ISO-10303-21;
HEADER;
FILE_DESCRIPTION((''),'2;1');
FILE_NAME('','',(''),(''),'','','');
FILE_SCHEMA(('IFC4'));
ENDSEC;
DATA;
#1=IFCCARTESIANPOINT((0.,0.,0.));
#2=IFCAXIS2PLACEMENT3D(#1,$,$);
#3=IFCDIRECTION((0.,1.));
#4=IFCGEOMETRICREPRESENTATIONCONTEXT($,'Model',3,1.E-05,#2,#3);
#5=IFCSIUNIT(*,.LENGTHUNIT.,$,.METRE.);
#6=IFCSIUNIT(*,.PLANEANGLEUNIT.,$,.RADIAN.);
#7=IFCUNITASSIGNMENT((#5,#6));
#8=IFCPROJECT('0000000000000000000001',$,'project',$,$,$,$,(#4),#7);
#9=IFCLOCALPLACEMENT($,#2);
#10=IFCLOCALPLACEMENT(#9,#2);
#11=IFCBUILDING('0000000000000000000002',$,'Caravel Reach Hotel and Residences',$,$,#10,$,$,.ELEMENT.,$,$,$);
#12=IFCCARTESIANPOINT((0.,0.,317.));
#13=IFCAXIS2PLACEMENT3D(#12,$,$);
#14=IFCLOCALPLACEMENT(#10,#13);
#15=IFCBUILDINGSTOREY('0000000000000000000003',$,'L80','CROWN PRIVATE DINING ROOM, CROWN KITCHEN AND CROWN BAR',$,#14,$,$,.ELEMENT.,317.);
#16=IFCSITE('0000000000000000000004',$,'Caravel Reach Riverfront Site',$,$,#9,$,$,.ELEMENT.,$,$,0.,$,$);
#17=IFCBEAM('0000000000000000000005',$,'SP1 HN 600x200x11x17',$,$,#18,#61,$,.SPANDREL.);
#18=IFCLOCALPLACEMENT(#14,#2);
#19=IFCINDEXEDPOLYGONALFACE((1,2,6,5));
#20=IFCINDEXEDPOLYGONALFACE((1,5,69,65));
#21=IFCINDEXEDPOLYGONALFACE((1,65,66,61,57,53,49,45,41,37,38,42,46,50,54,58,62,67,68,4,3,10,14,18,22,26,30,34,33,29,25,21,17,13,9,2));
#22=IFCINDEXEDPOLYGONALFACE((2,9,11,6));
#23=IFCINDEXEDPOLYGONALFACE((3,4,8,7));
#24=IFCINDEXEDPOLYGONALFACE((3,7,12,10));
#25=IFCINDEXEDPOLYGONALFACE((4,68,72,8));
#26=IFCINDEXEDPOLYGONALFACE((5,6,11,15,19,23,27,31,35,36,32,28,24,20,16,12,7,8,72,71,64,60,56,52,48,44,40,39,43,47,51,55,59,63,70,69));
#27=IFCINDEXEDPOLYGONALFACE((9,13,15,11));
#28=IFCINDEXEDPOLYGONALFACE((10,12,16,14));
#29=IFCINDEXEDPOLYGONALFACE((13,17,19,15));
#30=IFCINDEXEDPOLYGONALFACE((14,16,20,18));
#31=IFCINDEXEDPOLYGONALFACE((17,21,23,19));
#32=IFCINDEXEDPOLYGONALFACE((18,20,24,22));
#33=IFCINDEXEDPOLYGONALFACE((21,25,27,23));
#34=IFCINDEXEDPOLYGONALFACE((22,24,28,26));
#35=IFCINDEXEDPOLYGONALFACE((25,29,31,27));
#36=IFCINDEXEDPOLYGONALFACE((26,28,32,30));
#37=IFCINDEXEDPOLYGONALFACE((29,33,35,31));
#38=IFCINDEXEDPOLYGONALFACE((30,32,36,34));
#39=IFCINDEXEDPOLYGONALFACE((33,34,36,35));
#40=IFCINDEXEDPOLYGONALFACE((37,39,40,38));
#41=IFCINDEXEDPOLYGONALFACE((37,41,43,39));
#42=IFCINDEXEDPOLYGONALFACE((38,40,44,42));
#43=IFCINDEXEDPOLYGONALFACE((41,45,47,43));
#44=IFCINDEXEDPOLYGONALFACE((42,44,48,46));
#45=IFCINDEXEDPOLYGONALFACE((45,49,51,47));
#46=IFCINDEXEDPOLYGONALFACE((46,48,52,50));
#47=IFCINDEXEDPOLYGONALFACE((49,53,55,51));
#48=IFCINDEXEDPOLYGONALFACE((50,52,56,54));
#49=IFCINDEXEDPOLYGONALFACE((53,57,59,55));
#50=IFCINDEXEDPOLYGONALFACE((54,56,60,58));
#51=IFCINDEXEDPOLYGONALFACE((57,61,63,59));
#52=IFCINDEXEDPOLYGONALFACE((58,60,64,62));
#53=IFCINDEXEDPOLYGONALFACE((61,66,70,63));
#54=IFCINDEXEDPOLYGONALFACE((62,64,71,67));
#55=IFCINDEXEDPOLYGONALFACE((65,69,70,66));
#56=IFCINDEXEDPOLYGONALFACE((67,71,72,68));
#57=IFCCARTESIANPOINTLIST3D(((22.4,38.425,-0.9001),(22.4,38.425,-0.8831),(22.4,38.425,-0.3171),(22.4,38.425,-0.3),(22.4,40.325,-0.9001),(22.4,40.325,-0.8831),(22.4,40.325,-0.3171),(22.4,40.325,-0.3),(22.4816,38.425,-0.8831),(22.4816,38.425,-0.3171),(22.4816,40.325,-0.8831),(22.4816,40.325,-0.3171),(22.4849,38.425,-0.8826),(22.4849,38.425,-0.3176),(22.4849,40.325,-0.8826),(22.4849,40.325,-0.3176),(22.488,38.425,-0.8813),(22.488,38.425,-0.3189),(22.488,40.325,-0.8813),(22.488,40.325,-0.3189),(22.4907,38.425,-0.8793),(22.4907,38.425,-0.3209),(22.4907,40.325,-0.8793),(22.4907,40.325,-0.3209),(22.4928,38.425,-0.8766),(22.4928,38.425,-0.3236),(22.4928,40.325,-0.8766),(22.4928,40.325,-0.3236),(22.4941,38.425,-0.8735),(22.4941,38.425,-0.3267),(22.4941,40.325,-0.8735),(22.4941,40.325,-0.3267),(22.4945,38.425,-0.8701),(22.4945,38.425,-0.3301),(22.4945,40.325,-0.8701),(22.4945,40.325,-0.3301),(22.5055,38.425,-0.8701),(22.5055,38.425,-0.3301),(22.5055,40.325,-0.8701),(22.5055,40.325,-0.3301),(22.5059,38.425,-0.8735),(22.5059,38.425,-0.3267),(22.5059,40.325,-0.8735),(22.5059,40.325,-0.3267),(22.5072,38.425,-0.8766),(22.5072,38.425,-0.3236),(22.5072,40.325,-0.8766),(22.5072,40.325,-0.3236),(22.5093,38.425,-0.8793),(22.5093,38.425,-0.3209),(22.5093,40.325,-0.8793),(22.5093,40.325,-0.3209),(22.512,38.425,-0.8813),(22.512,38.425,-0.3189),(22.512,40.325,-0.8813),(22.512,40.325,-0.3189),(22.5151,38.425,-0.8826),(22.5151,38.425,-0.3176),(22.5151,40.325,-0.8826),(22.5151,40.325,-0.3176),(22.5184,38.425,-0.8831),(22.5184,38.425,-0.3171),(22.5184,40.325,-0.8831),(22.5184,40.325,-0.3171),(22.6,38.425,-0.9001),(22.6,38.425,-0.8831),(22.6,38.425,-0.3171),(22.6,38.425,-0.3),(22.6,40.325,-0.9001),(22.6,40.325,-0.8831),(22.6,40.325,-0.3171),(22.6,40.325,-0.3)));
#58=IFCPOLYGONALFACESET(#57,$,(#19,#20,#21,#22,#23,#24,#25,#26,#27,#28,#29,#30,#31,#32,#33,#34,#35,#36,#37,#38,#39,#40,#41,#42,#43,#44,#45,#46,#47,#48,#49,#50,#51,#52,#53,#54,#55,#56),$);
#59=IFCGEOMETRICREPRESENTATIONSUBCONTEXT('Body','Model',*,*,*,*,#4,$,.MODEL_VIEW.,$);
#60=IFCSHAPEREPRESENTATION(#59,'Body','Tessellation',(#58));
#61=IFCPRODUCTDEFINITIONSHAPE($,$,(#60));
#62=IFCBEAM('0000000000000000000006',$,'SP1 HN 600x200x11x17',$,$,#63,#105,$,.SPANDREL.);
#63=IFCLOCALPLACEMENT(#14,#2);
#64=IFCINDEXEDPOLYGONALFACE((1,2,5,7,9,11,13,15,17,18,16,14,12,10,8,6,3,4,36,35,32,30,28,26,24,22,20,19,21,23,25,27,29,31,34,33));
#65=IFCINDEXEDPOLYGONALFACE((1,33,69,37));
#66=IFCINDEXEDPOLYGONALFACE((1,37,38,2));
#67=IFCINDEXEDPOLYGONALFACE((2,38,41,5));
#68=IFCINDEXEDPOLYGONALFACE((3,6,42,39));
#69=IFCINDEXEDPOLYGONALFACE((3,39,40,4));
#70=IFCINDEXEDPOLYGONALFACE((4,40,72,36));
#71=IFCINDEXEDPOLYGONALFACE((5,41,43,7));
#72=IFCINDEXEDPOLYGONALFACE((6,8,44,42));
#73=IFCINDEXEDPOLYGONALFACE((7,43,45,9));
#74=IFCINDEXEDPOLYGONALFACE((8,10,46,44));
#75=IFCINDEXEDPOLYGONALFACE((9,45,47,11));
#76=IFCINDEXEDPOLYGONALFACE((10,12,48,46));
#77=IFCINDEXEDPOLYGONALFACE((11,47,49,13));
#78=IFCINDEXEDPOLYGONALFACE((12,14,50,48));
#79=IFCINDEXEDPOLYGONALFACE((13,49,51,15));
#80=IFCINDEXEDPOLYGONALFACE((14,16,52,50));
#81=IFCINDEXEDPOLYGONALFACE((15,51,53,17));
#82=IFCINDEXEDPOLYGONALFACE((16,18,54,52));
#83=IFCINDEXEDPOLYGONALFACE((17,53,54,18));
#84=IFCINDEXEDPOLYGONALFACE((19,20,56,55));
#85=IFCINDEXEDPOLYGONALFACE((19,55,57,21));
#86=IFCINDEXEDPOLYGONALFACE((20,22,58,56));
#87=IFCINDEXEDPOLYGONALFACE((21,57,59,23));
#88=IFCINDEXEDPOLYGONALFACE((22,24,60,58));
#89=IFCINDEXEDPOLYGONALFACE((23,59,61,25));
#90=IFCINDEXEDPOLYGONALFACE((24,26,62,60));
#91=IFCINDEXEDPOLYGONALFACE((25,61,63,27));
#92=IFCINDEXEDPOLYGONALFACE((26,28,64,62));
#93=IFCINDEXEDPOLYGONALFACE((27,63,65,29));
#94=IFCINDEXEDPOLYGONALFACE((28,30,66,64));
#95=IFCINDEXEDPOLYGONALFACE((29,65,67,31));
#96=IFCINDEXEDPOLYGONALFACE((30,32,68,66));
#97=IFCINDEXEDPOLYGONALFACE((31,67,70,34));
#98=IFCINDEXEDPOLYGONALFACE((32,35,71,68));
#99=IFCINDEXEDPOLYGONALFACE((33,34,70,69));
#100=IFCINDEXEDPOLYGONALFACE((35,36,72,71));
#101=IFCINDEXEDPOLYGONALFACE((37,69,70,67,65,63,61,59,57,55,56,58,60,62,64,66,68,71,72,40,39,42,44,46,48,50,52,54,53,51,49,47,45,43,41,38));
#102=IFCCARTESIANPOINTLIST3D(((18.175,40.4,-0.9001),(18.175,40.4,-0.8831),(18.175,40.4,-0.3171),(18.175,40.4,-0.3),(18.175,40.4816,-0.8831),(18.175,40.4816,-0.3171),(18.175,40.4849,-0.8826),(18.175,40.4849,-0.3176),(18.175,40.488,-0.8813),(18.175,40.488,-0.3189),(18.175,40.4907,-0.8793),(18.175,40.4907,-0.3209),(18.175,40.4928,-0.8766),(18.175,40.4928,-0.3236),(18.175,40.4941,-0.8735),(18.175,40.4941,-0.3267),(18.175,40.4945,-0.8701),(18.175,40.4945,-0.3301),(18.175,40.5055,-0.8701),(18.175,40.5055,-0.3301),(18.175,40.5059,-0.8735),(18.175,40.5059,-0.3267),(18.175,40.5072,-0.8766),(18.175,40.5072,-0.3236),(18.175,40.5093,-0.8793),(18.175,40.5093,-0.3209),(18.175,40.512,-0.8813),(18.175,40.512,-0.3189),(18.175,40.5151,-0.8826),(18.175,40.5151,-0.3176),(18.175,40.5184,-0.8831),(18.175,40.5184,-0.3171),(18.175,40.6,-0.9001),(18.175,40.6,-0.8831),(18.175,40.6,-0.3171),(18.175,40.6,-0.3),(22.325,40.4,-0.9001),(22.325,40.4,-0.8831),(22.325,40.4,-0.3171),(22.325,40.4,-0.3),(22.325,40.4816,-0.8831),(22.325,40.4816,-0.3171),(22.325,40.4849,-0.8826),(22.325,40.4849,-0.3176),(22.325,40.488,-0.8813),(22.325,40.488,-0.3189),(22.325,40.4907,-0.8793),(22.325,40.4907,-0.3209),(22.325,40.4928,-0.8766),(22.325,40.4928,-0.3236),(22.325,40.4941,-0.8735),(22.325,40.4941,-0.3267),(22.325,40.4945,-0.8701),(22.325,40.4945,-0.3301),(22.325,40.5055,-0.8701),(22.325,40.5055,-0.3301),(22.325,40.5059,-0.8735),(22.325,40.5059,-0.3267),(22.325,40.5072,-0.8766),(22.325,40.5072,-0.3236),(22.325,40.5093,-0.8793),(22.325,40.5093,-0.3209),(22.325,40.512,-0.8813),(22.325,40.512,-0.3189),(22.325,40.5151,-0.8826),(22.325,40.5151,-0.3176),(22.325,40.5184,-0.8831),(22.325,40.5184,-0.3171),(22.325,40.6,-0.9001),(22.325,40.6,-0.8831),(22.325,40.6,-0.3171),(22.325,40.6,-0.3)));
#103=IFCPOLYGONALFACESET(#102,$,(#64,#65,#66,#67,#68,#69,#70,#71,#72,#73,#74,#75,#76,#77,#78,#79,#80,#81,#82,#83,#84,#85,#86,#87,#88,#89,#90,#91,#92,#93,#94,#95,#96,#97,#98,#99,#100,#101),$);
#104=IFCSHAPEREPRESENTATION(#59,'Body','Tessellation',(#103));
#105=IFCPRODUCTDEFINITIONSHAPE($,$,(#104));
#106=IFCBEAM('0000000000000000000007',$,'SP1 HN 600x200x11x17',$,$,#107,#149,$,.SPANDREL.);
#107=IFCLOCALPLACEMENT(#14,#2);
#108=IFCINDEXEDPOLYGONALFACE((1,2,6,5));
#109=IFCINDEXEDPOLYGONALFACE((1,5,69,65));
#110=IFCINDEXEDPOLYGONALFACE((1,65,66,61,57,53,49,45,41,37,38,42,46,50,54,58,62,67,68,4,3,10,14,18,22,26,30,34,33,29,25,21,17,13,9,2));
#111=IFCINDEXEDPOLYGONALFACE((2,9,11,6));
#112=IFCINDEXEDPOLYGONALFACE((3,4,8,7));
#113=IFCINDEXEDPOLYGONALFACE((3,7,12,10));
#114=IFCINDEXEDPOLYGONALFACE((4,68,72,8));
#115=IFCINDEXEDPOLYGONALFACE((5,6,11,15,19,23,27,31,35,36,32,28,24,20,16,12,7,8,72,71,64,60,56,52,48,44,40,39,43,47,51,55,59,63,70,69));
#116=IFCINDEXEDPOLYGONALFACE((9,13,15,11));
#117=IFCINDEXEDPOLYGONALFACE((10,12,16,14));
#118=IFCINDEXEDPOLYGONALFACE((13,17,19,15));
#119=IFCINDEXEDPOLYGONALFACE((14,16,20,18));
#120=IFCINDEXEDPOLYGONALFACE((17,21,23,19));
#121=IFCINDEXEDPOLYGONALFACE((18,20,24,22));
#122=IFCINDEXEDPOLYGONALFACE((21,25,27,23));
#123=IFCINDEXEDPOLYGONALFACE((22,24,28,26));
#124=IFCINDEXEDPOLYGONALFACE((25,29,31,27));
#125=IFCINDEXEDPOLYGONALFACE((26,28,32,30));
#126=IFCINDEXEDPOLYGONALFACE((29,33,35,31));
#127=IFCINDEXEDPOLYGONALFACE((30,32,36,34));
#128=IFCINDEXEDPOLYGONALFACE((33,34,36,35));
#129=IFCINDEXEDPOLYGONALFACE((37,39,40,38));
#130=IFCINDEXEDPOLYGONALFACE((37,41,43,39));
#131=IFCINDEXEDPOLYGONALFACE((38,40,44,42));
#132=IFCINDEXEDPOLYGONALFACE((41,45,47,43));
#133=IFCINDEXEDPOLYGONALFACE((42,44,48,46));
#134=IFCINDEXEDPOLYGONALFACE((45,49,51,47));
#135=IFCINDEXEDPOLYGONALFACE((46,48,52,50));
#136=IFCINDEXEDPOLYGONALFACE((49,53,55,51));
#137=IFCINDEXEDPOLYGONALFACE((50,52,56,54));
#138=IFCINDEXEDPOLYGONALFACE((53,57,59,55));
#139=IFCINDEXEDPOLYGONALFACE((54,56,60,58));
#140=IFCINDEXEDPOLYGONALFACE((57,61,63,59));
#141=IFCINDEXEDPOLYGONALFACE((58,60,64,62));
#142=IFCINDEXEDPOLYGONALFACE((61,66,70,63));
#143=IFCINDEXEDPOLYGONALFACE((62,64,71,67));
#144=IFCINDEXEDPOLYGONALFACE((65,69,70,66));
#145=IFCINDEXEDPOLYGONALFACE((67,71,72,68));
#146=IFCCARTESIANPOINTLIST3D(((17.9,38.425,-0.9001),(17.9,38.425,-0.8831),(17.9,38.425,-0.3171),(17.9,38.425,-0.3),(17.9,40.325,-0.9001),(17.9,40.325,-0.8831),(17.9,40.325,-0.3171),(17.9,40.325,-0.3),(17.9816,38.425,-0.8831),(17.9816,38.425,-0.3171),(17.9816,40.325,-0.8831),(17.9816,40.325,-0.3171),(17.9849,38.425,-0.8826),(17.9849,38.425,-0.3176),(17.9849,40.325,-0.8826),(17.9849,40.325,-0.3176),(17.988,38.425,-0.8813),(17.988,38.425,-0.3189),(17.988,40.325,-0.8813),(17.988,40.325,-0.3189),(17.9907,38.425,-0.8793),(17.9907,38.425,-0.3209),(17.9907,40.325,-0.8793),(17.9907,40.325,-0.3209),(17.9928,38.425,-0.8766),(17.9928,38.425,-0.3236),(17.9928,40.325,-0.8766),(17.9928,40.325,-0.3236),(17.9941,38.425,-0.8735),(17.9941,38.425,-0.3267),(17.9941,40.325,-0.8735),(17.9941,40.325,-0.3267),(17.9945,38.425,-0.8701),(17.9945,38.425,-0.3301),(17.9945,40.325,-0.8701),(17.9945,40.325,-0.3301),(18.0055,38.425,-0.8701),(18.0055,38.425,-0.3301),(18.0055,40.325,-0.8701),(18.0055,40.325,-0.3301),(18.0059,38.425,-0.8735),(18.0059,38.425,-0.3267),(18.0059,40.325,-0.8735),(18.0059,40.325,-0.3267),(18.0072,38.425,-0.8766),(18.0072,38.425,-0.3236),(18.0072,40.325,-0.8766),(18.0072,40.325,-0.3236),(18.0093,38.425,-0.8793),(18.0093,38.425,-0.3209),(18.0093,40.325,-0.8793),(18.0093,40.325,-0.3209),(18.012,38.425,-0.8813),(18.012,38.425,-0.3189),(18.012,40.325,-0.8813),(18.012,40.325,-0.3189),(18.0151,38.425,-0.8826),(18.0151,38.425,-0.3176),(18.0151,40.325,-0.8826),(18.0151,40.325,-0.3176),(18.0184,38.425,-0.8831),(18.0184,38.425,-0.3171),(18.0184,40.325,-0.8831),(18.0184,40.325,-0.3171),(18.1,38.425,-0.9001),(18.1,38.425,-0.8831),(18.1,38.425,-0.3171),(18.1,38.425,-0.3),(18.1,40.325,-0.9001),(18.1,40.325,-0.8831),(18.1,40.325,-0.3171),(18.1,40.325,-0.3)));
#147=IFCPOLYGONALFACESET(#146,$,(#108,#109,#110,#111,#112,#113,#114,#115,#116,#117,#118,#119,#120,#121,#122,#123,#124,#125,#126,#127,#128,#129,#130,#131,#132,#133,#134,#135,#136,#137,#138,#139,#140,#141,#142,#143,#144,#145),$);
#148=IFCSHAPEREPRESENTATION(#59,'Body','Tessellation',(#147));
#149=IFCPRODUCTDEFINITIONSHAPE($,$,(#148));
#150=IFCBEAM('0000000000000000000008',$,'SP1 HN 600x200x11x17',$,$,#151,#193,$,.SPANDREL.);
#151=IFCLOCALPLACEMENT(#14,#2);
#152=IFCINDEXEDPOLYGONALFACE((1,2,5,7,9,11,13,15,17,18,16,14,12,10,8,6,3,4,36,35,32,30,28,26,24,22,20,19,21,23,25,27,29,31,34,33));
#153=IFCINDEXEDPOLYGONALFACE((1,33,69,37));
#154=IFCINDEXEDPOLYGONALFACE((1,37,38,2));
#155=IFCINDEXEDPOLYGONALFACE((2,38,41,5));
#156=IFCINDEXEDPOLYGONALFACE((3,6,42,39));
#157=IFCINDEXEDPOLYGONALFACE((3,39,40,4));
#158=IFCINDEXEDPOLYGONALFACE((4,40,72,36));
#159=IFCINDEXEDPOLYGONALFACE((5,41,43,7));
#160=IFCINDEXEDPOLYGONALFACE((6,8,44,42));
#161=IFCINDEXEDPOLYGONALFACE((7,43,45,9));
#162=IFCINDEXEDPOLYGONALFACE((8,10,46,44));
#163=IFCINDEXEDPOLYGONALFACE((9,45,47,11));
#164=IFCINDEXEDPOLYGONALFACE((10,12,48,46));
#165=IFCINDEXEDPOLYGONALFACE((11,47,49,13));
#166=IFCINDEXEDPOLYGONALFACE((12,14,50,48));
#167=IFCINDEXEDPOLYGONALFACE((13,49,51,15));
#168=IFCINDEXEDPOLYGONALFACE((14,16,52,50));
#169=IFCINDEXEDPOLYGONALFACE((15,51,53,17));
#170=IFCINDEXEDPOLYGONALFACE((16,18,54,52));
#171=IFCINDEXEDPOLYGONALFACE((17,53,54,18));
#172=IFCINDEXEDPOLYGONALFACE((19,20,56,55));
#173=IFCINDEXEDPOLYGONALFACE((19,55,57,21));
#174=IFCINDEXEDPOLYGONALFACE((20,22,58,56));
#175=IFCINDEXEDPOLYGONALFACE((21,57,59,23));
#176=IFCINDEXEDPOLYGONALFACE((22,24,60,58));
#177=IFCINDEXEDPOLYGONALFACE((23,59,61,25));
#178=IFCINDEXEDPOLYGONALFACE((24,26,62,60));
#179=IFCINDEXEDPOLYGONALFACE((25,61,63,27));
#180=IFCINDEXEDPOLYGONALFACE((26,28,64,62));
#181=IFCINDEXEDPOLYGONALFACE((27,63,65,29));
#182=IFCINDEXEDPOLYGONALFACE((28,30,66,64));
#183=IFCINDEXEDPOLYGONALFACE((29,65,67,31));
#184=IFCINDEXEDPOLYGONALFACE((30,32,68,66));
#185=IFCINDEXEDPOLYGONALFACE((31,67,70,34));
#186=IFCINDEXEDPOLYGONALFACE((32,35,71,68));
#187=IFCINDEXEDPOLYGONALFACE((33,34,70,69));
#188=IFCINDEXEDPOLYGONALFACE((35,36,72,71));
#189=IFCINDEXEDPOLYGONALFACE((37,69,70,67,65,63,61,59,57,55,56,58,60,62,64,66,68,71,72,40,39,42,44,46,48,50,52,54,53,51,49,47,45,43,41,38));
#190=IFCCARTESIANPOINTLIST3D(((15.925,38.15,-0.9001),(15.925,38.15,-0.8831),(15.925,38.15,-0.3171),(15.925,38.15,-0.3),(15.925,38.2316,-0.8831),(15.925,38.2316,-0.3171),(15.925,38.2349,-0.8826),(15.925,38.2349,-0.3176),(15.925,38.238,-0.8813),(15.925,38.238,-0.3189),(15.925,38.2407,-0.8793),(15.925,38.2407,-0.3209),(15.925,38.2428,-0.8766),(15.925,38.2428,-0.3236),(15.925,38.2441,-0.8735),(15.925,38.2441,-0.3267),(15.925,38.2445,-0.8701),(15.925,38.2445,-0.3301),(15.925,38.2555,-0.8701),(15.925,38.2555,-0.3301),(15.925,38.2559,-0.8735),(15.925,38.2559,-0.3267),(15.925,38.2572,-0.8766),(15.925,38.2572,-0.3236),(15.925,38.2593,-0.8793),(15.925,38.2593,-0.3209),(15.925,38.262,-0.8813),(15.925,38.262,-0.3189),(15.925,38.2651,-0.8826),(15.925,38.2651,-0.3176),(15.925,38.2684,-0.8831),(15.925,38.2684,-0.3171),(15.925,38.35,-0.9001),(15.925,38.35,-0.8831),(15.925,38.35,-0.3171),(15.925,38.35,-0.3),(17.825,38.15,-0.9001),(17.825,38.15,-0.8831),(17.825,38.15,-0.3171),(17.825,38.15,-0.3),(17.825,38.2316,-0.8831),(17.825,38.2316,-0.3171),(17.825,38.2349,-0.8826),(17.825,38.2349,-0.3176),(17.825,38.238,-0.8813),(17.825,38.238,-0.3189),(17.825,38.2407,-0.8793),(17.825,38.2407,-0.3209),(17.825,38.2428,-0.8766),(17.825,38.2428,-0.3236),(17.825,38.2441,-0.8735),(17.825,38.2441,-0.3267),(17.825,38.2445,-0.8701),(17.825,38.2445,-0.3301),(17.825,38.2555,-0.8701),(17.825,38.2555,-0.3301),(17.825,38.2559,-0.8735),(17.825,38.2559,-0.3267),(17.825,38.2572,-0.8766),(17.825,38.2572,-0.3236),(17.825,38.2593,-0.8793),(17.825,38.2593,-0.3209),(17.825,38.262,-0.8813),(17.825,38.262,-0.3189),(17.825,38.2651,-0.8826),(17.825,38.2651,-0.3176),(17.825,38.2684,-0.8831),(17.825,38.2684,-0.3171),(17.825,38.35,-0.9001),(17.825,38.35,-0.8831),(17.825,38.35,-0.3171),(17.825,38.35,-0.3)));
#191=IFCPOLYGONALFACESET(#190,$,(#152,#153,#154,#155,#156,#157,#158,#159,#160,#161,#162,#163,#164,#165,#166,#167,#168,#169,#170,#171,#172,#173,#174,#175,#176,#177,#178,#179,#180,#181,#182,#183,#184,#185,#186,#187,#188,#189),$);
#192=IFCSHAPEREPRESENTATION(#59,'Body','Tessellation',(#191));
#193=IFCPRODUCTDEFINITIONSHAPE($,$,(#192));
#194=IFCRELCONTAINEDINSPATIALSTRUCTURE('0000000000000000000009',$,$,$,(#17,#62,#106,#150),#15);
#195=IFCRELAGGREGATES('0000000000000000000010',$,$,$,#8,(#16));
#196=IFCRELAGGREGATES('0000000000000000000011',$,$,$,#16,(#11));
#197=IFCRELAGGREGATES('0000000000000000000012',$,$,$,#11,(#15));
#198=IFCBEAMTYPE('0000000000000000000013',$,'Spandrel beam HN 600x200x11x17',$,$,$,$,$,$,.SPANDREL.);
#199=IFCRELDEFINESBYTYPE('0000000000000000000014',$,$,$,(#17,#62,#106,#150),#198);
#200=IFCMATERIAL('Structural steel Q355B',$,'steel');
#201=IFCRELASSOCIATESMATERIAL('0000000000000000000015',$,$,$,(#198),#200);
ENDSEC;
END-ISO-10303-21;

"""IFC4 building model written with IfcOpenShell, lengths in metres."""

from ifc_helpers import new_model, si_unit, direction, frame, origin, origin_2d, place, context, subcontext, project, spatial, i_section, extrude, material, material_profile, profile_set, type_object, element, save


model = new_model("IFC4")

# Units and contexts
model_context = context("Model", 3, precision=1e-05, world=origin(), true_north=direction((0.0, 1.0)))
body_context = subcontext(model_context, "Body", "Model", "MODEL_VIEW")
ifc_project = project(units=[si_unit("LENGTHUNIT", "METRE"), si_unit("PLANEANGLEUNIT", "RADIAN")], contexts=[model_context])

# Site, building, storey
site_placement = place(None, origin())
site = spatial("IfcSite", under=ifc_project, at=site_placement, Name="Caravel Reach Riverfront Site", CompositionType="ELEMENT", RefElevation=0.0)
building_placement = place(site_placement, origin())
building = spatial("IfcBuilding", under=site, at=building_placement, Name="Caravel Reach Hotel and Residences", CompositionType="ELEMENT")
storey_placement = place(building_placement, frame((0.0, 0.0, 317.0)))
storey = spatial("IfcBuildingStorey", under=building, at=storey_placement, Name="L80", Description="CROWN PRIVATE DINING ROOM, CROWN KITCHEN AND CROWN BAR", CompositionType="ELEMENT", Elevation=317.0)

# Beams
ifc_material_1 = material(Name="Structural steel Q355B", Category="steel")
ifc_material_profile_1 = material_profile(ifc_material_1, i_section(OverallWidth=0.2, OverallDepth=0.6001, WebThickness=0.011, FlangeThickness=0.0171, FilletRadius=0.0129, at=origin_2d()), Name="HN 600x200x11x17")
ifc_profile_set_1 = profile_set([ifc_material_profile_1], Name="Structural steel Q355B")
beam_type_1 = type_object("IfcBeamType", Name="Spandrel beam HN 600x200x11x17", PredefinedType="SPANDREL", material=ifc_profile_set_1)
for number, where, z_axis, x_axis, name in (
    (1, (22.5, 38.425, -0.6001), (0.0, 1.0, 0.0), (-1.0, 0.0, 0.0), "SP1 HN 600x200x11x17"),
):
    element("IfcBeam", number, at=place(storey_placement, frame(where, z_axis=z_axis, x_axis=x_axis)), inside=storey, type_object=beam_type_1, Name=name, PredefinedType="SPANDREL", context=body_context, shape_type="SweptSolid", body=[
        extrude(i_section(OverallWidth=0.2, OverallDepth=0.6001, WebThickness=0.011, FlangeThickness=0.0171, FilletRadius=0.0129, at=origin_2d()), origin(), (0.0, 0.0, 1.0), 1.8999),
    ])
beam_1_placement = place(storey_placement, frame((22.325, 40.5, -0.6001), z_axis=(-1.0, 0.0, 0.0), x_axis=(0.0, -1.0, 0.0)))
element("IfcBeam", 2, at=beam_1_placement, inside=storey, type_object=beam_type_1, Name="SP1 HN 600x200x11x17", PredefinedType="SPANDREL", context=body_context, shape_type="SweptSolid", body=[
    extrude(i_section(OverallWidth=0.2, OverallDepth=0.6001, WebThickness=0.011, FlangeThickness=0.0171, FilletRadius=0.0129, at=origin_2d()), origin(), (0.0, 0.0, 1.0), 4.1499),
])
for number, where, z_axis, x_axis, name in (
    (3, (18.0, 40.325, -0.6001), (0.0, -1.0, 0.0), (1.0, 0.0, 0.0), "SP1 HN 600x200x11x17"),
    (4, (17.825, 38.25, -0.6001), (-1.0, 0.0, 0.0), (0.0, -1.0, 0.0), "SP1 HN 600x200x11x17"),
):
    element("IfcBeam", number, at=place(storey_placement, frame(where, z_axis=z_axis, x_axis=x_axis)), inside=storey, type_object=beam_type_1, Name=name, PredefinedType="SPANDREL", context=body_context, shape_type="SweptSolid", body=[
        extrude(i_section(OverallWidth=0.2, OverallDepth=0.6001, WebThickness=0.011, FlangeThickness=0.0171, FilletRadius=0.0129, at=origin_2d()), origin(), (0.0, 0.0, 1.0), 1.8999),
    ])

save(model, "model.ifc")
